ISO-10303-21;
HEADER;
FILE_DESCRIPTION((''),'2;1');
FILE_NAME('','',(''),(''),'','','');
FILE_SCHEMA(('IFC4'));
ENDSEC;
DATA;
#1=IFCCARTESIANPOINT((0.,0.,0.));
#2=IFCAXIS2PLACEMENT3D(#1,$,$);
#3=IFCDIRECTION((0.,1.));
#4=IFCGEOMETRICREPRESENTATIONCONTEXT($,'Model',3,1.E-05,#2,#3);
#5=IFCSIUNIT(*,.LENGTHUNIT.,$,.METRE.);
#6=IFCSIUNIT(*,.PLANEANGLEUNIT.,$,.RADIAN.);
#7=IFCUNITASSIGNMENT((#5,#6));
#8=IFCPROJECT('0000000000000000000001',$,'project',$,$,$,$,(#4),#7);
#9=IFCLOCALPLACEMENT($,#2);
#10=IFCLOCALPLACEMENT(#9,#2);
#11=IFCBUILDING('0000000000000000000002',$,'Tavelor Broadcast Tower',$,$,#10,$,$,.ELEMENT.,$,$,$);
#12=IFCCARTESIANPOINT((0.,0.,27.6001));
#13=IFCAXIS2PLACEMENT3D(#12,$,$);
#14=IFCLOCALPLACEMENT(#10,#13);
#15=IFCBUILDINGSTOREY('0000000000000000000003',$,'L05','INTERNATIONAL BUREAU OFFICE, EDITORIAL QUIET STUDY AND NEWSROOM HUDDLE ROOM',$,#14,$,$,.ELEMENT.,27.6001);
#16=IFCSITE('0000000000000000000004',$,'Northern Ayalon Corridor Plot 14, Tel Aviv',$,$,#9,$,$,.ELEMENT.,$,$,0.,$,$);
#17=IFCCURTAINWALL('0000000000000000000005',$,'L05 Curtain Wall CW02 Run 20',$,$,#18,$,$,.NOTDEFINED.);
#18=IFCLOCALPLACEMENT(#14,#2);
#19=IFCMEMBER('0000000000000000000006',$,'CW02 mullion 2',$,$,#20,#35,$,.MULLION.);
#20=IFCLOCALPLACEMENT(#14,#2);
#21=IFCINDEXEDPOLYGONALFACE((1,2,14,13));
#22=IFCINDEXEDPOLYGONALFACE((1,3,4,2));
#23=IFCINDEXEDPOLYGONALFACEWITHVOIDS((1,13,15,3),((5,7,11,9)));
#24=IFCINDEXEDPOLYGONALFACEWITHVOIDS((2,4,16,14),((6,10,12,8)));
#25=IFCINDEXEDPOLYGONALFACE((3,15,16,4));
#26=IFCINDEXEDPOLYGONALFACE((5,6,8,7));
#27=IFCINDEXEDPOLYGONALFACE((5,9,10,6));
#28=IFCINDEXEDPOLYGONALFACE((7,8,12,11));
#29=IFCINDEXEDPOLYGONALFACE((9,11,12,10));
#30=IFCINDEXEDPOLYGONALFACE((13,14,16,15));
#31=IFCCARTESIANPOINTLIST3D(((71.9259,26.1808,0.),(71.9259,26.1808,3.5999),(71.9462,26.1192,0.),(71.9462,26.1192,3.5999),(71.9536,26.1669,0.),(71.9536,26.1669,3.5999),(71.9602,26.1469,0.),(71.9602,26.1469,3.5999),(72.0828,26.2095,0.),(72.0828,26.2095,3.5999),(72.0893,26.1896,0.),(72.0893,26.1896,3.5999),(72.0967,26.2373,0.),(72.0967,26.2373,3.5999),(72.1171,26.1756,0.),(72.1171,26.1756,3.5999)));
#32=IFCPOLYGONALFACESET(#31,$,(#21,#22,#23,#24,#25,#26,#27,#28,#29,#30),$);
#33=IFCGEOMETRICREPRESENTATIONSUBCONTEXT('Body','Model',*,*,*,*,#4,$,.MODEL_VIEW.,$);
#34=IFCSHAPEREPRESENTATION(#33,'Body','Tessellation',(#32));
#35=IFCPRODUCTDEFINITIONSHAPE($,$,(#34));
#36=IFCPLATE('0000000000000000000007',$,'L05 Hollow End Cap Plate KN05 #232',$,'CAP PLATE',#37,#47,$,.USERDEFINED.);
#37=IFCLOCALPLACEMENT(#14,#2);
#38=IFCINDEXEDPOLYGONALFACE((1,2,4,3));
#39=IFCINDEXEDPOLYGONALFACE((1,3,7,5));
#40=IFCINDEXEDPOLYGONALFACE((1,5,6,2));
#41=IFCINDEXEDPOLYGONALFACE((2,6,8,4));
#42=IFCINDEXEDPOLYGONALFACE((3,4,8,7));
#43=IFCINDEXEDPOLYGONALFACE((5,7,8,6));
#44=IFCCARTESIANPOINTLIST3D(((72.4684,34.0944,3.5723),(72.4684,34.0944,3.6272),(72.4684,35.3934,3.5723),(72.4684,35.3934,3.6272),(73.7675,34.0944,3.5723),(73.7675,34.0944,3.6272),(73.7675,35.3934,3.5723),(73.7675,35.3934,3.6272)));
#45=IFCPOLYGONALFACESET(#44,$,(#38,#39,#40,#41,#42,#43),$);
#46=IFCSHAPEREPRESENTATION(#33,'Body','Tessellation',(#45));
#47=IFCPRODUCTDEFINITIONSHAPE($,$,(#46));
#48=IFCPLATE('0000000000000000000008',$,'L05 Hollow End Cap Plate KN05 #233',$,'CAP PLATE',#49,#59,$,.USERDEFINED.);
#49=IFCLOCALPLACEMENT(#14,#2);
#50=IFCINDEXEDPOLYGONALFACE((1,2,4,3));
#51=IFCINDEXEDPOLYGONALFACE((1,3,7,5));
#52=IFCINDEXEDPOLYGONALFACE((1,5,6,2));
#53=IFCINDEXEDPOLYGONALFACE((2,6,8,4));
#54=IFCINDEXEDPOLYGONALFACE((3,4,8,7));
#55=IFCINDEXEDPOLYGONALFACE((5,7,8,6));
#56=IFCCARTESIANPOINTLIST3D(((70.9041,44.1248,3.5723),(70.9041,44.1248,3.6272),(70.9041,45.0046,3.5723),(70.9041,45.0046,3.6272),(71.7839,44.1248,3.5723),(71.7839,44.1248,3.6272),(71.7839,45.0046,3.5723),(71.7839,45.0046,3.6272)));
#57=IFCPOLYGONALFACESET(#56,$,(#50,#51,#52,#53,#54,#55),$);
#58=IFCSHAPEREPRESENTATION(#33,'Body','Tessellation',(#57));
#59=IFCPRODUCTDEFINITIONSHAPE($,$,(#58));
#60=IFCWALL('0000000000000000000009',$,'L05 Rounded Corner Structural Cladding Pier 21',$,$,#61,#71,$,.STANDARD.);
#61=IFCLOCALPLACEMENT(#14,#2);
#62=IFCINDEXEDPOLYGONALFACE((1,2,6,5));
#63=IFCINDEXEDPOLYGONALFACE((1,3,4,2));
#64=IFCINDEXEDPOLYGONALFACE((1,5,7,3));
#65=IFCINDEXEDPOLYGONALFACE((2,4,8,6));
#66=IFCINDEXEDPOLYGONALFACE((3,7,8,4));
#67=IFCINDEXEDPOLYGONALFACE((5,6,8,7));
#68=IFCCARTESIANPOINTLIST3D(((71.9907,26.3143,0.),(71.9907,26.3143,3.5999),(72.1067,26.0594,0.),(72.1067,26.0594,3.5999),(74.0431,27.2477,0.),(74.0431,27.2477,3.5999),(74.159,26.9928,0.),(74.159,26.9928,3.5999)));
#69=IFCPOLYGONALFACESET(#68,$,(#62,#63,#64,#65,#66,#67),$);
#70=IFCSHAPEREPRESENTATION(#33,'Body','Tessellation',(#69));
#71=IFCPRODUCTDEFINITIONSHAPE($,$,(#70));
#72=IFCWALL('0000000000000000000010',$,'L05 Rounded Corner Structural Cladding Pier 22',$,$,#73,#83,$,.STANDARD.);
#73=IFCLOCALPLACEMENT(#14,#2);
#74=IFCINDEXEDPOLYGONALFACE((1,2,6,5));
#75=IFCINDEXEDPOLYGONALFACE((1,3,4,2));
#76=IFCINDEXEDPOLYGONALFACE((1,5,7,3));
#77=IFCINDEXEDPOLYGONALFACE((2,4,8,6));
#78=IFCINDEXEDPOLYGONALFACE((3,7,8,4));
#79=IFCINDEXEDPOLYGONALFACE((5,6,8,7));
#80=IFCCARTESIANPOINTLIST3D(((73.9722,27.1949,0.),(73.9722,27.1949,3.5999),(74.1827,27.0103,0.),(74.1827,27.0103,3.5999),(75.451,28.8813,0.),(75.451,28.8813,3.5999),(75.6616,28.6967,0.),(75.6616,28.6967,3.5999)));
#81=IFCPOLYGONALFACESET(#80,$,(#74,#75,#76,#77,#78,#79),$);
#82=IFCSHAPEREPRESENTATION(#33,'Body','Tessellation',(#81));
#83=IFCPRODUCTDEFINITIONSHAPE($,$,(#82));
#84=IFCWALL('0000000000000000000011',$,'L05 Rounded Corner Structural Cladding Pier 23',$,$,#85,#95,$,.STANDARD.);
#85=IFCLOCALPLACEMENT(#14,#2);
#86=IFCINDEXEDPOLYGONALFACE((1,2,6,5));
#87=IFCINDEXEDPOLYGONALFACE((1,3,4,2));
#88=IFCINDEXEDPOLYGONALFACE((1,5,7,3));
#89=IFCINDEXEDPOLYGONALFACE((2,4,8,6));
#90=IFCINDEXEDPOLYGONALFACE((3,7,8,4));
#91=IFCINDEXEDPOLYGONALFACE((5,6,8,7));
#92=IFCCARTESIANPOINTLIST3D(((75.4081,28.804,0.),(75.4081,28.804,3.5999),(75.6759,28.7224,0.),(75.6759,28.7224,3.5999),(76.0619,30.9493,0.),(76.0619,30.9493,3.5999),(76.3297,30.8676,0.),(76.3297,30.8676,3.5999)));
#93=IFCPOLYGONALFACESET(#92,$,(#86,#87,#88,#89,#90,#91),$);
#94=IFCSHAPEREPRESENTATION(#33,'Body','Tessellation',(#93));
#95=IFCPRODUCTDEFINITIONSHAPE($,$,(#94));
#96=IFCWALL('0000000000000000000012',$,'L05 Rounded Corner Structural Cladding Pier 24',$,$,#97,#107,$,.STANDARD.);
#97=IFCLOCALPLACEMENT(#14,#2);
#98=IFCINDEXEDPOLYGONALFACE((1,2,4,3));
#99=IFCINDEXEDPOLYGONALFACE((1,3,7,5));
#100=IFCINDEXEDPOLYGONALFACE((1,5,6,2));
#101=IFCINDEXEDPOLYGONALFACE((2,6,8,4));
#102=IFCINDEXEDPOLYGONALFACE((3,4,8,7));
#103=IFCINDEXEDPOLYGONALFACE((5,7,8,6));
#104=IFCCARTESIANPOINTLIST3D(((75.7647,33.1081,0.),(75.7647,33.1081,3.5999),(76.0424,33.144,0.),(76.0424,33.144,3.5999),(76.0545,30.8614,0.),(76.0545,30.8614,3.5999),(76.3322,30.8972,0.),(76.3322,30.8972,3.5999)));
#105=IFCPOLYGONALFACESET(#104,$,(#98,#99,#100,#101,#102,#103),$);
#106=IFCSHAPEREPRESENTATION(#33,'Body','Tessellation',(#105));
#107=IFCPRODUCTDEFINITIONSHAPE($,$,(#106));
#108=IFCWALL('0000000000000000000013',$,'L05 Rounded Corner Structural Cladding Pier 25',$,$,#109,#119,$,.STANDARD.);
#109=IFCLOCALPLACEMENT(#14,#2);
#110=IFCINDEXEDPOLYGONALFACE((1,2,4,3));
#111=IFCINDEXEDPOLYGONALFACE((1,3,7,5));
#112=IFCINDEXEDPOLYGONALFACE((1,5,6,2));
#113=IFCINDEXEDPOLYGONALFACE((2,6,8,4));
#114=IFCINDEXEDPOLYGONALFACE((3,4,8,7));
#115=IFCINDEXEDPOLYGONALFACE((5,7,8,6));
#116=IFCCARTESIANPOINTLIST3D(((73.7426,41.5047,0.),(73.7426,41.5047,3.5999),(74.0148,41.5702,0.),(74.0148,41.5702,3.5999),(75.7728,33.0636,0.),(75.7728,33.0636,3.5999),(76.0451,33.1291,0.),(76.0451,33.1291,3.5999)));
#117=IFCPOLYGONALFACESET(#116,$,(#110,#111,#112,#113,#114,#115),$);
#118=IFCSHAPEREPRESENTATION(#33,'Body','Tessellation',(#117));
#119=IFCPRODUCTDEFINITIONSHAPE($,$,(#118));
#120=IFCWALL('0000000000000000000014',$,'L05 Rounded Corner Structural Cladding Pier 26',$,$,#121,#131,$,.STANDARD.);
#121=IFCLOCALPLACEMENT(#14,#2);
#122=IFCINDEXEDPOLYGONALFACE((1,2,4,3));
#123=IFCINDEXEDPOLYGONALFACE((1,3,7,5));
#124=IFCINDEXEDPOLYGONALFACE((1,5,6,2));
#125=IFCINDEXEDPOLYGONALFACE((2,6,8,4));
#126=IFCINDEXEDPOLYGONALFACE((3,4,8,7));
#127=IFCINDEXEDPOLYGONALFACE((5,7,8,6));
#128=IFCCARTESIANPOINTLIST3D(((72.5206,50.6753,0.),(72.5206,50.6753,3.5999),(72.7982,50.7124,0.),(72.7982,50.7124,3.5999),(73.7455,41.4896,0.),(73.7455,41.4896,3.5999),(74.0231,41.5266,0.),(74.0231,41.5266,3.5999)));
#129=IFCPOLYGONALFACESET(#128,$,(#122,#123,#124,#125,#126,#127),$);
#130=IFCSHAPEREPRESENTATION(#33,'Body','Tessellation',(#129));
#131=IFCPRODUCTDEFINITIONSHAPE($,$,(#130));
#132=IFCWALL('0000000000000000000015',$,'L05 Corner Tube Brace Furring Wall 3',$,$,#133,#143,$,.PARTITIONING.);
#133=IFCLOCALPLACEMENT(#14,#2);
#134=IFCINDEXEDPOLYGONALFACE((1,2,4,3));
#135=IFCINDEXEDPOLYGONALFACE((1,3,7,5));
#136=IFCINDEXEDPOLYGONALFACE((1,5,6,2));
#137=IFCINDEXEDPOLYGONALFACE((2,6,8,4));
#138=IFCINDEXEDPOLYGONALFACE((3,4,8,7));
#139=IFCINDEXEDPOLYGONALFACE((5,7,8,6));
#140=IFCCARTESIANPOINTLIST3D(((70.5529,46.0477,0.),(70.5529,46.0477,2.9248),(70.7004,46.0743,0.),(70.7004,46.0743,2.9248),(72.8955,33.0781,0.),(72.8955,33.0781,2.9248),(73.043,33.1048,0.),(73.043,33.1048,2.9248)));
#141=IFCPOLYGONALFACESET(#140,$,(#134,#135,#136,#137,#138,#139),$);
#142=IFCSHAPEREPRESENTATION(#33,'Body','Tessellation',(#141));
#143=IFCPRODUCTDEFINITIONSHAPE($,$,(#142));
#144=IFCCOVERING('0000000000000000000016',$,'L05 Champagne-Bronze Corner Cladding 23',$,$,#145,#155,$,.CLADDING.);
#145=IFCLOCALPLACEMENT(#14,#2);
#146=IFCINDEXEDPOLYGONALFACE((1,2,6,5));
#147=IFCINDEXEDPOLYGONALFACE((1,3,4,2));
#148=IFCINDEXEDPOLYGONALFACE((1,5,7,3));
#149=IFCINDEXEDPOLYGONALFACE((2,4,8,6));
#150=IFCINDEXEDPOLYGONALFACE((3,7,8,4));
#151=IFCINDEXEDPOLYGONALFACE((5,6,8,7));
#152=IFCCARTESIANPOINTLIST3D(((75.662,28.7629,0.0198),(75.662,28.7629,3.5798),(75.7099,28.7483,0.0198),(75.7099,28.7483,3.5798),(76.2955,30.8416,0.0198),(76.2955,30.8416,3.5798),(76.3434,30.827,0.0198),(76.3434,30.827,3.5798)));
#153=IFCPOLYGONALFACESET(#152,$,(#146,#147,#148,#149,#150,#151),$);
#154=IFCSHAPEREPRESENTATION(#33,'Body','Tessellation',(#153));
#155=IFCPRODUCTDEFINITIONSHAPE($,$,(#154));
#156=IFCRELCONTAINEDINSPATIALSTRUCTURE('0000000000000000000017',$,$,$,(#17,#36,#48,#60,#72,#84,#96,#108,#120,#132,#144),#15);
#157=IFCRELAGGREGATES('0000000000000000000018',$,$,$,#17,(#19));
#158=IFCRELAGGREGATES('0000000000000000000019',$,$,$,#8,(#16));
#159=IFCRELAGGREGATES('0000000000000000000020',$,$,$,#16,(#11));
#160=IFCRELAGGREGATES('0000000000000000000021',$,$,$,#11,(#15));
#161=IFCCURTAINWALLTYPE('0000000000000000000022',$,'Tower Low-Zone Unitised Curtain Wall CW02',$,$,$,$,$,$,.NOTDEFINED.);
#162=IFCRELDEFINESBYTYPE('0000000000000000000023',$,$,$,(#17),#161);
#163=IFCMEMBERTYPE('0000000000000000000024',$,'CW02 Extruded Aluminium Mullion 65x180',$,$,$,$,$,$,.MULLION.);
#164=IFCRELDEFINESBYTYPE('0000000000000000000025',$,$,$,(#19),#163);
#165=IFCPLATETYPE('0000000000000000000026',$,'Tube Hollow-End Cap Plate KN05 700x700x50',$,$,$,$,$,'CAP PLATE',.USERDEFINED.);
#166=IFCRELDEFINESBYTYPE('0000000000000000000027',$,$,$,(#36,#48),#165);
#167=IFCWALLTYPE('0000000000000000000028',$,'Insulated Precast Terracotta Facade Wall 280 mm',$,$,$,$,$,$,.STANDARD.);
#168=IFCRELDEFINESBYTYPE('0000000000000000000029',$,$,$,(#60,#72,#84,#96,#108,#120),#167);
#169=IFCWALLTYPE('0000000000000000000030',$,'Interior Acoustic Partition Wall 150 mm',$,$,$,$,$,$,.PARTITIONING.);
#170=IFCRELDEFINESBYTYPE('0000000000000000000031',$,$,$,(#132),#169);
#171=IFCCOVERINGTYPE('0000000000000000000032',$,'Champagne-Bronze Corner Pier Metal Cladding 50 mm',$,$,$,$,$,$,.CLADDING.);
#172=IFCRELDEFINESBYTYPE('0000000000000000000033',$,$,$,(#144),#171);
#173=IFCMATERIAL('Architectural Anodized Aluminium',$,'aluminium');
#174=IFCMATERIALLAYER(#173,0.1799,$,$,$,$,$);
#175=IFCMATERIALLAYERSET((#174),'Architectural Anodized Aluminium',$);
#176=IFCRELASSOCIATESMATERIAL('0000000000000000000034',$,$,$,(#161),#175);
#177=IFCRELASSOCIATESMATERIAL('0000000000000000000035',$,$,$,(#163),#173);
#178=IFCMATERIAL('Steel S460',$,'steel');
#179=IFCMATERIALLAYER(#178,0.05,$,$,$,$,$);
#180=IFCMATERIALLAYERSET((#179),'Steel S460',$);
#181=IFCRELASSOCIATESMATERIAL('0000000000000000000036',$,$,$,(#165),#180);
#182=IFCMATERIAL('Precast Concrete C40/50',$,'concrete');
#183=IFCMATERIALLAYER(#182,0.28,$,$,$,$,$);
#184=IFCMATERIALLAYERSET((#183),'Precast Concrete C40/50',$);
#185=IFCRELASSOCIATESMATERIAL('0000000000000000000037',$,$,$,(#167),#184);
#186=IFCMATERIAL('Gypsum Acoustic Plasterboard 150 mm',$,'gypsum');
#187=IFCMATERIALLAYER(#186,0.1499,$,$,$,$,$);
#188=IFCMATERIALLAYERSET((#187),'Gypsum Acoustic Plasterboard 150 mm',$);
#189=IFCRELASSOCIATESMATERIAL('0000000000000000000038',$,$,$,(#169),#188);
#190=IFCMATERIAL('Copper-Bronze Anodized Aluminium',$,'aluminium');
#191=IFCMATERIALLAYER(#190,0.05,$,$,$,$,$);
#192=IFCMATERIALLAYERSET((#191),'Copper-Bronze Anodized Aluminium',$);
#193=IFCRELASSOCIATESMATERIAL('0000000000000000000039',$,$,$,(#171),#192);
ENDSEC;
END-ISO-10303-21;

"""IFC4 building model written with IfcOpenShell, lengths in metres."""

from ifc_helpers import new_model, si_unit, direction, frame, frame_2d, origin, origin_2d, place, context, subcontext, project, spatial, rectangle, hollow_rectangle, extrude, source, transform, mapped, material, layer, layer_set, material_profile, profile_set, type_object, type_shapes, element, aggregate, save


model = new_model("IFC4")

# Units and contexts
model_context = context("Model", 3, precision=1e-05, world=origin(), true_north=direction((0.0, 1.0)))
body_context = subcontext(model_context, "Body", "Model", "MODEL_VIEW")
ifc_project = project(units=[si_unit("LENGTHUNIT", "METRE"), si_unit("PLANEANGLEUNIT", "RADIAN")], contexts=[model_context])

# Site, building, storey
site_placement = place(None, origin())
site = spatial("IfcSite", under=ifc_project, at=site_placement, Name="Northern Ayalon Corridor Plot 14, Tel Aviv", CompositionType="ELEMENT", RefElevation=0.0)
building_placement = place(site_placement, origin())
building = spatial("IfcBuilding", under=site, at=building_placement, Name="Tavelor Broadcast Tower", CompositionType="ELEMENT")
storey_placement = place(building_placement, frame((0.0, 0.0, 27.6001)))
storey = spatial("IfcBuildingStorey", under=building, at=storey_placement, Name="L05", Description="INTERNATIONAL BUREAU OFFICE, EDITORIAL QUIET STUDY AND NEWSROOM HUDDLE ROOM", CompositionType="ELEMENT", Elevation=27.6001)

# Shared definitions
ifc_material_1 = material(Name="Steel S460", Category="steel")

# Curtain wall, member
ifc_material_2 = material(Name="Architectural Anodized Aluminium", Category="aluminium")
ifc_layer_1 = layer(ifc_material_2, 0.1799)
ifc_layer_set_1 = layer_set([ifc_layer_1], Name="Architectural Anodized Aluminium")
curtain_wall_type = type_object("IfcCurtainWallType", Name="Tower Low-Zone Unitised Curtain Wall CW02", PredefinedType="NOTDEFINED", material=ifc_layer_set_1)
curtain_wall_placement = place(storey_placement, origin())
curtain_wall = element("IfcCurtainWall", 1, at=curtain_wall_placement, inside=storey, type_object=curtain_wall_type, Name="L05 Curtain Wall CW02 Run 20", PredefinedType="NOTDEFINED")
ifc_material_profile_1 = material_profile(ifc_material_2, hollow_rectangle(XDim=0.0649, YDim=0.1799, WallThickness=0.022, at=origin_2d()), Name="RHS 65x180x22")
ifc_profile_set_1 = profile_set([ifc_material_profile_1], Name="Architectural Anodized Aluminium")
member_type_1 = type_object("IfcMemberType", Name="CW02 Extruded Aluminium Mullion 65x180", PredefinedType="MULLION", material=ifc_profile_set_1)
shared_shape_1 = source(origin(), body_context, "Body", "SweptSolid", [
    extrude(hollow_rectangle(XDim=0.0649, YDim=0.1799, WallThickness=0.022, at=origin_2d()), origin(), (0.0, 0.0, 1.0), 3.5999),
])
type_shapes(member_type_1, [shared_shape_1])
member_1_placement = place(storey_placement, frame((72.0215, 26.1782, 0.0), z_axis=(0.0, 0.0, 1.0), x_axis=(-0.313601, 0.949555, 0.0)))
member_1 = element("IfcMember", 2, at=member_1_placement, type_object=member_type_1, Name="CW02 mullion 2", PredefinedType="MULLION", context=body_context, shape_type="MappedRepresentation", body=[
    mapped(shared_shape_1, transform((0.0, 0.0, 0.0), scale=1.0)),
])
aggregate(curtain_wall, [member_1])

# Plates
ifc_layer_2 = layer(ifc_material_1, 0.05)
ifc_layer_set_2 = layer_set([ifc_layer_2], Name="Steel S460")
plate_type = type_object("IfcPlateType", Name="Tube Hollow-End Cap Plate KN05 700x700x50", ElementType="CAP PLATE", PredefinedType="USERDEFINED", material=ifc_layer_set_2)
shared_shape_2 = source(origin(), body_context, "Body", "SweptSolid", [
    extrude(rectangle(XDim=1.2991, YDim=1.2991, at=origin_2d()), origin(), (0.0, 0.0, 1.0), 0.0549),
])
plate_1_placement = place(storey_placement, frame((73.1179, 34.7439, 3.5723), z_axis=(0.0, 0.0, 1.0), x_axis=(1.0, 0.0, 0.0)))
element("IfcPlate", 3, at=plate_1_placement, inside=storey, type_object=plate_type, Name="L05 Hollow End Cap Plate KN05 #232", ObjectType="CAP PLATE", PredefinedType="USERDEFINED", context=body_context, shape_type="MappedRepresentation", body=[
    mapped(shared_shape_2, transform((0.0, 0.0, 0.0), scale=1.0)),
])
shared_shape_3 = source(origin(), body_context, "Body", "SweptSolid", [
    extrude(rectangle(XDim=0.8799, YDim=0.8799, at=origin_2d()), origin(), (0.0, 0.0, 1.0), 0.0549),
])
type_shapes(plate_type, [shared_shape_2, shared_shape_3])
plate_2_placement = place(storey_placement, frame((71.344, 44.5647, 3.5723), z_axis=(0.0, 0.0, 1.0), x_axis=(1.0, 0.0, 0.0)))
element("IfcPlate", 4, at=plate_2_placement, inside=storey, type_object=plate_type, Name="L05 Hollow End Cap Plate KN05 #233", ObjectType="CAP PLATE", PredefinedType="USERDEFINED", context=body_context, shape_type="MappedRepresentation", body=[
    mapped(shared_shape_3, transform((0.0, 0.0, 0.0), scale=1.0)),
])

# Walls
ifc_material_3 = material(Name="Precast Concrete C40/50", Category="concrete")
ifc_layer_3 = layer(ifc_material_3, 0.28)
ifc_layer_set_3 = layer_set([ifc_layer_3], Name="Precast Concrete C40/50")
wall_type_1 = type_object("IfcWallType", Name="Insulated Precast Terracotta Facade Wall 280 mm", PredefinedType="STANDARD", material=ifc_layer_set_3)
wall_1_placement = place(storey_placement, frame((72.0486, 26.1868, 0.0), z_axis=(0.0, 0.0, 1.0), x_axis=(0.910281, 0.413991, 0.0)))
element("IfcWall", 5, at=wall_1_placement, inside=storey, type_object=wall_type_1, Name="L05 Rounded Corner Structural Cladding Pier 21", PredefinedType="STANDARD", context=body_context, shape_type="SweptSolid", body=[
    extrude(rectangle(XDim=2.2546, YDim=0.28, at=frame_2d((1.1274, 0.0))), origin(), (0.0, 0.0, 1.0), 3.5999),
])
wall_2_placement = place(storey_placement, frame((74.0774, 27.1025, 0.0), z_axis=(0.0, 0.0, 1.0), x_axis=(0.659329, 0.751855, 0.0)))
element("IfcWall", 6, at=wall_2_placement, inside=storey, type_object=wall_type_1, Name="L05 Rounded Corner Structural Cladding Pier 22", PredefinedType="STANDARD", context=body_context, shape_type="SweptSolid", body=[
    extrude(rectangle(XDim=2.2429, YDim=0.28, at=frame_2d((1.1216, 0.0))), origin(), (0.0, 0.0, 1.0), 3.5999),
])
wall_3_placement = place(storey_placement, frame((75.542, 28.7632, 0.0), z_axis=(0.0, 0.0, 1.0), x_axis=(0.29153, 0.956562, 0.0)))
element("IfcWall", 7, at=wall_3_placement, inside=storey, type_object=wall_type_1, Name="L05 Rounded Corner Structural Cladding Pier 23", PredefinedType="STANDARD", context=body_context, shape_type="SweptSolid", body=[
    extrude(rectangle(XDim=2.2427, YDim=0.28, at=frame_2d((1.1213, 0.0))), origin(), (0.0, 0.0, 1.0), 3.5999),
])
wall_4_placement = place(storey_placement, frame((76.1934, 30.8792, 0.0), z_axis=(0.0, 0.0, 1.0), x_axis=(-0.12792, 0.991784, 0.0)))
element("IfcWall", 8, at=wall_4_placement, inside=storey, type_object=wall_type_1, Name="L05 Rounded Corner Structural Cladding Pier 24", PredefinedType="STANDARD", context=body_context, shape_type="SweptSolid", body=[
    extrude(rectangle(XDim=2.2654, YDim=0.28, at=frame_2d((1.1328, 0.0))), origin(), (0.0, 0.0, 1.0), 3.5999),
])
wall_5_placement = place(storey_placement, frame((75.9089, 33.0964, 0.0), z_axis=(0.0, 0.0, 1.0), x_axis=(-0.233852, 0.972272, 0.0)))
element("IfcWall", 9, at=wall_5_placement, inside=storey, type_object=wall_type_1, Name="L05 Rounded Corner Structural Cladding Pier 25", PredefinedType="STANDARD", context=body_context, shape_type="SweptSolid", body=[
    extrude(rectangle(XDim=8.6819, YDim=0.28, at=frame_2d((4.3408, 0.0))), origin(), (0.0, 0.0, 1.0), 3.5999),
])
wall_6_placement = place(storey_placement, frame((73.8843, 41.5081, 0.0), z_axis=(0.0, 0.0, 1.0), x_axis=(-0.132172, 0.991227, 0.0)))
element("IfcWall", 10, at=wall_6_placement, inside=storey, type_object=wall_type_1, Name="L05 Rounded Corner Structural Cladding Pier 26", PredefinedType="STANDARD", context=body_context, shape_type="SweptSolid", body=[
    extrude(rectangle(XDim=9.2671, YDim=0.28, at=frame_2d((4.6335, 0.0))), origin(), (0.0, 0.0, 1.0), 3.5999),
])
ifc_material_4 = material(Name="Gypsum Acoustic Plasterboard 150 mm", Category="gypsum")
ifc_layer_4 = layer(ifc_material_4, 0.1499)
ifc_layer_set_4 = layer_set([ifc_layer_4], Name="Gypsum Acoustic Plasterboard 150 mm")
wall_type_2 = type_object("IfcWallType", Name="Interior Acoustic Partition Wall 150 mm", PredefinedType="PARTITIONING", material=ifc_layer_set_4)
wall_7_placement = place(storey_placement, frame((72.9692, 33.0913, 0.0), z_axis=(0.0, 0.0, 1.0), x_axis=(-0.177743, 0.984077, 0.0)))
element("IfcWall", 11, at=wall_7_placement, inside=storey, type_object=wall_type_2, Name="L05 Corner Tube Brace Furring Wall 3", PredefinedType="PARTITIONING", context=body_context, shape_type="SweptSolid", body=[
    extrude(rectangle(XDim=13.1794, YDim=0.1499, at=frame_2d((6.5898, 0.0))), origin(), (0.0, 0.0, 1.0), 2.9248),
])

# Covering
ifc_material_5 = material(Name="Copper-Bronze Anodized Aluminium", Category="aluminium")
ifc_layer_5 = layer(ifc_material_5, 0.05)
ifc_layer_set_5 = layer_set([ifc_layer_5], Name="Copper-Bronze Anodized Aluminium")
covering_type = type_object("IfcCoveringType", Name="Champagne-Bronze Corner Pier Metal Cladding 50 mm", PredefinedType="CLADDING", material=ifc_layer_set_5)
covering_placement = place(storey_placement, frame((76.0027, 29.7949, 0.0198), z_axis=(0.0, 0.0, 1.0), x_axis=(0.291537, 0.95656, 0.0)))
element("IfcCovering", 12, at=covering_placement, inside=storey, type_object=covering_type, Name="L05 Champagne-Bronze Corner Cladding 23", PredefinedType="CLADDING", context=body_context, shape_type="SweptSolid", body=[
    extrude(rectangle(XDim=2.1731, YDim=0.05, at=origin_2d()), origin(), (0.0, 0.0, 1.0), 3.5601),
])

save(model, "model.ifc")
